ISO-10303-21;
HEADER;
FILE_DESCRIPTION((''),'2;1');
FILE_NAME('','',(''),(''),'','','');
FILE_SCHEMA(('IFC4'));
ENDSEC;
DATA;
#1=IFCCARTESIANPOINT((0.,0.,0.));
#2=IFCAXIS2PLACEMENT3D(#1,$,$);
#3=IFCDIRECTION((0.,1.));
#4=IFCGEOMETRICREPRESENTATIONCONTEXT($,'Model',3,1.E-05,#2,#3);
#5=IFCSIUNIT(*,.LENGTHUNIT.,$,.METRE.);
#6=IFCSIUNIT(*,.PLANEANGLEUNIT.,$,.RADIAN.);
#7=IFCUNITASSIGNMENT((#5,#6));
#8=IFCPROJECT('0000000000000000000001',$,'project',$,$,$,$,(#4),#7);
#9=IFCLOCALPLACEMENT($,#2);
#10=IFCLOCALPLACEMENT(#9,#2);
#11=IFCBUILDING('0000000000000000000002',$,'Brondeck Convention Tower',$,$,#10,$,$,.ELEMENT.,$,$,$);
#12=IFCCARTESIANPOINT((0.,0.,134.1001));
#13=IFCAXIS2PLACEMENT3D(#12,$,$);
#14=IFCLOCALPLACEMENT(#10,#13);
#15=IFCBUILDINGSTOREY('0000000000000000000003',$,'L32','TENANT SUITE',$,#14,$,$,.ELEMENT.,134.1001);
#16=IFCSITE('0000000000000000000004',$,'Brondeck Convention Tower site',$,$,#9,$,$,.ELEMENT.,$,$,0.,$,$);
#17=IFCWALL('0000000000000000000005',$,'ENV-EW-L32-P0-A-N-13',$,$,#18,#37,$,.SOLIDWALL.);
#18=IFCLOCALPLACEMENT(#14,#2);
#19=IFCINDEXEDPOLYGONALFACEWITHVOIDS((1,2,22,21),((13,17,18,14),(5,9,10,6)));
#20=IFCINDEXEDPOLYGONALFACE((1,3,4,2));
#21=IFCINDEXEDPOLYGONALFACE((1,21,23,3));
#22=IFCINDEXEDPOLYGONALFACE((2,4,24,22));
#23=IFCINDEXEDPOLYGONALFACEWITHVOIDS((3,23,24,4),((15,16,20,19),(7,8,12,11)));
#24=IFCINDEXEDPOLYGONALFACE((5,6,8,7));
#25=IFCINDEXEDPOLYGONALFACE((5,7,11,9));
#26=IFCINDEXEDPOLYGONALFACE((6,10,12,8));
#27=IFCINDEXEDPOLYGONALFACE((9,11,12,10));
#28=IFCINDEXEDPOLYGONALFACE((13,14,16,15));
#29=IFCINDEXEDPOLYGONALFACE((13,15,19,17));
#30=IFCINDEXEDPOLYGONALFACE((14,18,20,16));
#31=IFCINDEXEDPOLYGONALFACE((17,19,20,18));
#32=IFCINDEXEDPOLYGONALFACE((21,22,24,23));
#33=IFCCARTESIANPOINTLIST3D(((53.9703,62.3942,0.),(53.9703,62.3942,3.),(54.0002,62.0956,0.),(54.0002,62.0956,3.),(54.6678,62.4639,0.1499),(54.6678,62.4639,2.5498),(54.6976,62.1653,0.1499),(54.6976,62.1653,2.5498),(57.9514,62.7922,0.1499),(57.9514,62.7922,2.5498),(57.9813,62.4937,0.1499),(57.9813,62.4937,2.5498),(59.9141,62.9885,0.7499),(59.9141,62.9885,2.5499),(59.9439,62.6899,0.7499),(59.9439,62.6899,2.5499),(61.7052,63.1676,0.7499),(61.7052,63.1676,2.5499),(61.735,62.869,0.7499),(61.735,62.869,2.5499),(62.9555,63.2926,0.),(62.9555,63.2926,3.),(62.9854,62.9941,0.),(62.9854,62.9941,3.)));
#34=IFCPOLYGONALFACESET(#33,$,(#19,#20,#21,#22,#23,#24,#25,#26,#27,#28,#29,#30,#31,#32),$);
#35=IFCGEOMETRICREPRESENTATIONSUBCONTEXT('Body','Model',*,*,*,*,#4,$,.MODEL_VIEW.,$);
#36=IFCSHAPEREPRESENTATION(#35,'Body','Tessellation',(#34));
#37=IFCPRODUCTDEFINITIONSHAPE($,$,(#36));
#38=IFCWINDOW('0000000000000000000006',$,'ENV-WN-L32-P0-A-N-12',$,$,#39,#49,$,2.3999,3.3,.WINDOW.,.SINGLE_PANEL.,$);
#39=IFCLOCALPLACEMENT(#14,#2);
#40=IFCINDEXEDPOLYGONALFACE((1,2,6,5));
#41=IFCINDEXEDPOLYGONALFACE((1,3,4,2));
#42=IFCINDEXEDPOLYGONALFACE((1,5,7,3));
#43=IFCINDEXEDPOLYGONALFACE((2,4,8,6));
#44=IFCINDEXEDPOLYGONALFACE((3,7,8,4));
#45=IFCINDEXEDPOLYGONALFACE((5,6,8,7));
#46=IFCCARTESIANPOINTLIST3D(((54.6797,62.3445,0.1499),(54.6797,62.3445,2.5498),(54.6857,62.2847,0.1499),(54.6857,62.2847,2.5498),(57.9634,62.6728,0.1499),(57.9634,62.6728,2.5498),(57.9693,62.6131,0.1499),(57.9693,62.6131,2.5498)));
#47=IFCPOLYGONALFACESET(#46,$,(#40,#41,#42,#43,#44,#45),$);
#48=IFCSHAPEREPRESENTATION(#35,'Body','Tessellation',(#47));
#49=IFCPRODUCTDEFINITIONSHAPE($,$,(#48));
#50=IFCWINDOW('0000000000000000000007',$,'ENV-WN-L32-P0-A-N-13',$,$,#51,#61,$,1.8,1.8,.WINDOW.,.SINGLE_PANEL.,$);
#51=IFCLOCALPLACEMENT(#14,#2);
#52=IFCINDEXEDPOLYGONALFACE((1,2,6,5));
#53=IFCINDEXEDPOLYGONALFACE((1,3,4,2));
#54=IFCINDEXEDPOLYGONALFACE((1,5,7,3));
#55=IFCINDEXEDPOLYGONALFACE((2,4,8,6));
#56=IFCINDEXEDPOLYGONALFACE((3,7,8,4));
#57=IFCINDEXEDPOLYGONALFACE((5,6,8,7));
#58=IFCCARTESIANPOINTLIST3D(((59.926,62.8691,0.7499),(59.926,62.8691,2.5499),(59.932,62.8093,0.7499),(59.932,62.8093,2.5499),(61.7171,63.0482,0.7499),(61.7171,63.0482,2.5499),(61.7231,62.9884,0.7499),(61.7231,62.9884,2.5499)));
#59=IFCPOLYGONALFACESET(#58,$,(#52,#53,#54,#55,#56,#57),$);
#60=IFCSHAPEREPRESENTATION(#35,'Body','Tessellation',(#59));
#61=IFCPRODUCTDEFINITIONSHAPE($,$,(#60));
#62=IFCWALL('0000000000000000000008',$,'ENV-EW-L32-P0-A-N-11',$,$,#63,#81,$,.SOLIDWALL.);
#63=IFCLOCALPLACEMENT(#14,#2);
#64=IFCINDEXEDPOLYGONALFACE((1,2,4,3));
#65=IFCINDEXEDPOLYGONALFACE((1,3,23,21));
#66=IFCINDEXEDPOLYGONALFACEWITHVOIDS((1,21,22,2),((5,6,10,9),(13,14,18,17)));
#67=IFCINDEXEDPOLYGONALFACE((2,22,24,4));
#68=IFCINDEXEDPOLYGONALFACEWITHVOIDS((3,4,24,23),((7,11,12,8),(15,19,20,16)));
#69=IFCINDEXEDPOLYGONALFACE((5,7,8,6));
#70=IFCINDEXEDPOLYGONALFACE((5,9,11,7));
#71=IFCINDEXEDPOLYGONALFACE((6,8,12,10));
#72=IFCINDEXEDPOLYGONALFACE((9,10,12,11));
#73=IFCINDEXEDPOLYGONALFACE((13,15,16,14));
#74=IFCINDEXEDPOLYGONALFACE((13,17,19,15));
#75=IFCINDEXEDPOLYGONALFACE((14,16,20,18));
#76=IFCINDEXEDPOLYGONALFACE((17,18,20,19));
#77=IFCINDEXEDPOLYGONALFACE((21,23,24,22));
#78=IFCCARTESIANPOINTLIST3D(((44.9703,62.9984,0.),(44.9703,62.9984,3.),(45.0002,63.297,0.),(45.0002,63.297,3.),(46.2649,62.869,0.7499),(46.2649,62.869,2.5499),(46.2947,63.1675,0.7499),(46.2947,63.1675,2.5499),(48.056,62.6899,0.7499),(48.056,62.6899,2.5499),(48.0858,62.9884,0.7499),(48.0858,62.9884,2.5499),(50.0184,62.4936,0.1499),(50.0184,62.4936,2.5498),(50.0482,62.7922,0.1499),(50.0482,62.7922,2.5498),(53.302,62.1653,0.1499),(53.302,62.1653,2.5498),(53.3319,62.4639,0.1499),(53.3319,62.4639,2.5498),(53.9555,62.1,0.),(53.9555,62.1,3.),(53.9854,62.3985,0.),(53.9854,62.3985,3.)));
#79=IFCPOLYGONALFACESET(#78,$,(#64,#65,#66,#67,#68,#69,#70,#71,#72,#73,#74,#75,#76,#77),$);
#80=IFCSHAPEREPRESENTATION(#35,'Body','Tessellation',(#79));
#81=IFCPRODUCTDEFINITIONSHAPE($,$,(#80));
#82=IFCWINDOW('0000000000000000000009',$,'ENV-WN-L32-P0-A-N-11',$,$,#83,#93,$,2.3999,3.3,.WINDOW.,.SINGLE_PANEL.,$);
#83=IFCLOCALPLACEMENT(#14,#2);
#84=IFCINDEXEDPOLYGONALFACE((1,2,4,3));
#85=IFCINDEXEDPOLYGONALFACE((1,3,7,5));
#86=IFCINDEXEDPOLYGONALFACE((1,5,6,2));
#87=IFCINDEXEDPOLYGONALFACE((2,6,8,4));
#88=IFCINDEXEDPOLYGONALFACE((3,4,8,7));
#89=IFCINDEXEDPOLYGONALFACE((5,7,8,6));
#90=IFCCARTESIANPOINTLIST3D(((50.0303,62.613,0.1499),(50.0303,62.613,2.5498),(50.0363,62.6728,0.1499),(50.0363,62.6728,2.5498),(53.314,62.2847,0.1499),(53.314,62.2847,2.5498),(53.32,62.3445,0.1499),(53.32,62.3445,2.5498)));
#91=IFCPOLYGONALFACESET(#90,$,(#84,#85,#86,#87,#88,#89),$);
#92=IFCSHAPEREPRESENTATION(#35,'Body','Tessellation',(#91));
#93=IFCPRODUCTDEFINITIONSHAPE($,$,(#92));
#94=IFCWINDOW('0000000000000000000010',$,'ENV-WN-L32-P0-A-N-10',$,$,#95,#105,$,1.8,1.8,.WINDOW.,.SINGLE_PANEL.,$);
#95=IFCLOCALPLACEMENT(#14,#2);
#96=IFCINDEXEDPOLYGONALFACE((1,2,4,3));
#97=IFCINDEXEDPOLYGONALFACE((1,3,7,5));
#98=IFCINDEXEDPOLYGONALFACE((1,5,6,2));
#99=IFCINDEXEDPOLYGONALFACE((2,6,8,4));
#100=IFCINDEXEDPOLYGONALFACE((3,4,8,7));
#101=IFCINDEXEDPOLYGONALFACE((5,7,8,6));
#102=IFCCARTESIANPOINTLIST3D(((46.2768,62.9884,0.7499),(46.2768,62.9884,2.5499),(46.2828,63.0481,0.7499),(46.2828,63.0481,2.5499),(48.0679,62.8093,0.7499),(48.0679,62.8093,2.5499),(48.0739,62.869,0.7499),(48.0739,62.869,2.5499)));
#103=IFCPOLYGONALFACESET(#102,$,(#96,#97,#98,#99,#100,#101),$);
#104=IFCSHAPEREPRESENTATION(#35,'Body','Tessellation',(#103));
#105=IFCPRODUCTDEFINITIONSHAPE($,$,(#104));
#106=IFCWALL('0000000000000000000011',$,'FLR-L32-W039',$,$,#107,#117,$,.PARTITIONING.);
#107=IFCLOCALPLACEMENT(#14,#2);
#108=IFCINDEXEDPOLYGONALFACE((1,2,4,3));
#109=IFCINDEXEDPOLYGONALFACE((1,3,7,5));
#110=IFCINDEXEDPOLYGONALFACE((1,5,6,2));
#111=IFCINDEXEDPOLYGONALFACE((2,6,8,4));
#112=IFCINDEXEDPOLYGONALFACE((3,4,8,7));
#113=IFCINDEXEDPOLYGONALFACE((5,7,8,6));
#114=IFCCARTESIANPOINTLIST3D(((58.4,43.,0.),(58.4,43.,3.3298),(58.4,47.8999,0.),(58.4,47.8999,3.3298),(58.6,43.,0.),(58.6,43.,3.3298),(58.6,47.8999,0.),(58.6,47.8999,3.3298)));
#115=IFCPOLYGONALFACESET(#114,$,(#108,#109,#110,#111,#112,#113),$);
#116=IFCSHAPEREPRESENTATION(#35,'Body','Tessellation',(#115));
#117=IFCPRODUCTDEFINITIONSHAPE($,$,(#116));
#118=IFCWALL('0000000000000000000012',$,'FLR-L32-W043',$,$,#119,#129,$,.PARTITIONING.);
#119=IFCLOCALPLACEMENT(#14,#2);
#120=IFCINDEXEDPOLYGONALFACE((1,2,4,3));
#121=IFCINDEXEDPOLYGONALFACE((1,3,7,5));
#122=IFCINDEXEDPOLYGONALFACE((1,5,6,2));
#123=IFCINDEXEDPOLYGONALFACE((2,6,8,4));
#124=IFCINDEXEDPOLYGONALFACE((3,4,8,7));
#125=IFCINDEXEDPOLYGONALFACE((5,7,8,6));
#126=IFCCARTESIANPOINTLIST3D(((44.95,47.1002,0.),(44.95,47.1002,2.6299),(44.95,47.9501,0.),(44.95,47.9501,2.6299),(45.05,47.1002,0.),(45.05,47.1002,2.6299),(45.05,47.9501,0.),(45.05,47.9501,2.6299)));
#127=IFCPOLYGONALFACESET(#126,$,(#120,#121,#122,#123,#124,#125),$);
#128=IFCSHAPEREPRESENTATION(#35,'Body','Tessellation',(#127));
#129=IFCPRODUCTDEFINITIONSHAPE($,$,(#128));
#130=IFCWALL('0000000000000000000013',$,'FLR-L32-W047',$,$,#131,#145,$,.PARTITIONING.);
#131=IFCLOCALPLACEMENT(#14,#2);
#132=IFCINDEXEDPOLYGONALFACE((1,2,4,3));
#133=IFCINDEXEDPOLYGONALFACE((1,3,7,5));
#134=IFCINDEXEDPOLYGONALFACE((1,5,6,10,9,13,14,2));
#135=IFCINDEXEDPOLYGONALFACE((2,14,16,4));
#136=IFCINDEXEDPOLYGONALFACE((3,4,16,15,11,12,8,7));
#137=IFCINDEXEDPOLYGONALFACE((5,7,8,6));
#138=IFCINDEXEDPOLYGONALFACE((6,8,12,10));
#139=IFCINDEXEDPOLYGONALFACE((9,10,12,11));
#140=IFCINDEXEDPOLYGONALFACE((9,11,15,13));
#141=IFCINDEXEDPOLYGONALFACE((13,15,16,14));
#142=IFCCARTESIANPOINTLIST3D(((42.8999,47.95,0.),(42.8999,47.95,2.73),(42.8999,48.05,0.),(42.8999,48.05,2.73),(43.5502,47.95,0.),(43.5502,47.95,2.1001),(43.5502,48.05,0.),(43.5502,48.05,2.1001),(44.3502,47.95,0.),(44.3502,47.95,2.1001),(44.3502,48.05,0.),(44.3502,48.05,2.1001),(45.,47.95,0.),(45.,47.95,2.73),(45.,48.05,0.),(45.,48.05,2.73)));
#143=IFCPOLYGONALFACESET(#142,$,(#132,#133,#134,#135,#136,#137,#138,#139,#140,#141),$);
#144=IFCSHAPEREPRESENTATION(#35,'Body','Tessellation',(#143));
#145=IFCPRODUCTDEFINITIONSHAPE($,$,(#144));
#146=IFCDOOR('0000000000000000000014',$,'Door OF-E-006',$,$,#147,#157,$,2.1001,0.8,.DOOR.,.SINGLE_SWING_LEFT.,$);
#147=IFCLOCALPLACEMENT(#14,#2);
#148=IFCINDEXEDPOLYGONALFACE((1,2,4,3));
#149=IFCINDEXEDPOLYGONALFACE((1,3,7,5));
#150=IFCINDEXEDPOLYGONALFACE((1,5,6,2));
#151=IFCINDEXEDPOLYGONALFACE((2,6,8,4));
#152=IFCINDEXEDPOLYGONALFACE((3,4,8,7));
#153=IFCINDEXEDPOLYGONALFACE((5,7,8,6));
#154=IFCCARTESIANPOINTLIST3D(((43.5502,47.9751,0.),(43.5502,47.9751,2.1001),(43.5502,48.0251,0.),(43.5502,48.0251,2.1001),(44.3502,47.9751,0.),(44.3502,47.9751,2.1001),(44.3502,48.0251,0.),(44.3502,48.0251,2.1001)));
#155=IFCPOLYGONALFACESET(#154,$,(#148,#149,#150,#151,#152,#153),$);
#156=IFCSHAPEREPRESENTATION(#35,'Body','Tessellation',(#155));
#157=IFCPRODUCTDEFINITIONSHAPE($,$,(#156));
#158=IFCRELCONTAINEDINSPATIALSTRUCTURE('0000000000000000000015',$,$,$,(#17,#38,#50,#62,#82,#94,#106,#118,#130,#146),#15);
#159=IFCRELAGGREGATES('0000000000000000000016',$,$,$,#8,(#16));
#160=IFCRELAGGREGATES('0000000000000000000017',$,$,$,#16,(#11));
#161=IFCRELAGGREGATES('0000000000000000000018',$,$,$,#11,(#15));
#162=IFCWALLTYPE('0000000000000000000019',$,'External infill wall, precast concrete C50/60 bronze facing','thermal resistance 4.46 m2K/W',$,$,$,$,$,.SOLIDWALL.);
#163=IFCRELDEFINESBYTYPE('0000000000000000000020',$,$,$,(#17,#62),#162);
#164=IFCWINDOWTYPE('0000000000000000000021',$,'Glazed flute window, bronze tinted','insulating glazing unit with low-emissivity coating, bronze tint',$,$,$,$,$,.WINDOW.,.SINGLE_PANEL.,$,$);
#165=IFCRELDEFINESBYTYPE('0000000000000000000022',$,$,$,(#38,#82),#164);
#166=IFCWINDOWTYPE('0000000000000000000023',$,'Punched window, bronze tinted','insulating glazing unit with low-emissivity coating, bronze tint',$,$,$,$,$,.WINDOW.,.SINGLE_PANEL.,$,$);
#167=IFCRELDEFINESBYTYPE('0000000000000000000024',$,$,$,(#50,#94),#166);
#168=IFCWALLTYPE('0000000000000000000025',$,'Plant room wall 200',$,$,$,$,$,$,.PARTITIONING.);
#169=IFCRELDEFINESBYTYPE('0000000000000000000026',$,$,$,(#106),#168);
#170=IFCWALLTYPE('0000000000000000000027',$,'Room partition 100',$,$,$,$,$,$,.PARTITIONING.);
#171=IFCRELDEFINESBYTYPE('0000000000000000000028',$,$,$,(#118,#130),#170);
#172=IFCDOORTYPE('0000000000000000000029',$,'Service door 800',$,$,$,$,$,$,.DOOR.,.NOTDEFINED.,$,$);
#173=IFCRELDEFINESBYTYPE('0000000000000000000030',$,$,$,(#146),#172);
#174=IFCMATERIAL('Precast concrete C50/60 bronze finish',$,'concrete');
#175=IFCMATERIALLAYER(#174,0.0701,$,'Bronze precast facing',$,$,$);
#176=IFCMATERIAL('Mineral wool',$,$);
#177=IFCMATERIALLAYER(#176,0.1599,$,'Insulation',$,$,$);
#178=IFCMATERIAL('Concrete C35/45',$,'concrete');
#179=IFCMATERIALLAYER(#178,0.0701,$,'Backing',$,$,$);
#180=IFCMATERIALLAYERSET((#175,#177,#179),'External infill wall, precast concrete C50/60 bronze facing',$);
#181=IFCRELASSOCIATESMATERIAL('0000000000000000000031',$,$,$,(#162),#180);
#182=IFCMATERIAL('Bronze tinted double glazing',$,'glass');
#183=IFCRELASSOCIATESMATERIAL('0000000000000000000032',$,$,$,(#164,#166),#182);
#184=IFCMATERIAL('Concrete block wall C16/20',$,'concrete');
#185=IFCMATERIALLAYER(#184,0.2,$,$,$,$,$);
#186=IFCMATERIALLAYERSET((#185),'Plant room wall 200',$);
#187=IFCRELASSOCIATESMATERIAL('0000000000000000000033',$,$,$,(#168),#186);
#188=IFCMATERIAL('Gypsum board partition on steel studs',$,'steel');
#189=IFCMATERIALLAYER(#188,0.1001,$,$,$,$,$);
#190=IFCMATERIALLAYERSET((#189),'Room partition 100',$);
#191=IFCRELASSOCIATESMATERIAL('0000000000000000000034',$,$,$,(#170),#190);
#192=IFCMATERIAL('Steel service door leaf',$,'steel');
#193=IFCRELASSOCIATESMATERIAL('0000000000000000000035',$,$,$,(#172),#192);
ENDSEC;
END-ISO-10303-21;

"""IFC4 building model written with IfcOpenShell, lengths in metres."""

from ifc_helpers import new_model, si_unit, direction, frame, frame_2d, origin, place, context, subcontext, project, spatial, rectangle, extrude, material, layer, layer_set, type_object, element, fill, save


model = new_model("IFC4")

# Units and contexts
model_context = context("Model", 3, precision=1e-05, world=origin(), true_north=direction((0.0, 1.0)))
body_context = subcontext(model_context, "Body", "Model", "MODEL_VIEW")
ifc_project = project(units=[si_unit("LENGTHUNIT", "METRE"), si_unit("PLANEANGLEUNIT", "RADIAN")], contexts=[model_context])

# Site, building, storey
site_placement = place(None, origin())
site = spatial("IfcSite", under=ifc_project, at=site_placement, Name="Brondeck Convention Tower site", CompositionType="ELEMENT", RefElevation=0.0)
building_placement = place(site_placement, origin())
building = spatial("IfcBuilding", under=site, at=building_placement, Name="Brondeck Convention Tower", CompositionType="ELEMENT")
storey_placement = place(building_placement, frame((0.0, 0.0, 134.1001)))
storey = spatial("IfcBuildingStorey", under=building, at=storey_placement, Name="L32", Description="TENANT SUITE", CompositionType="ELEMENT", Elevation=134.1001)

# Walls, openings, windows
ifc_material_1 = material(Name="Precast concrete C50/60 bronze finish", Category="concrete")
ifc_layer_1 = layer(ifc_material_1, 0.0701, Name="Bronze precast facing")
ifc_material_2 = material(Name="Mineral wool")
ifc_layer_2 = layer(ifc_material_2, 0.1599, Name="Insulation")
ifc_material_3 = material(Name="Concrete C35/45", Category="concrete")
ifc_layer_3 = layer(ifc_material_3, 0.0701, Name="Backing")
ifc_layer_set_1 = layer_set([ifc_layer_1, ifc_layer_2, ifc_layer_3], Name="External infill wall, precast concrete C50/60 bronze facing")
wall_type_1 = type_object("IfcWallType", Name="External infill wall, precast concrete C50/60 bronze facing", Description="thermal resistance 4.46 m2K/W", PredefinedType="SOLIDWALL", material=ifc_layer_set_1)
wall_1_placement = place(storey_placement, frame((53.9851, 62.2449, 0.0), z_axis=(0.0, 0.0, 1.0), x_axis=(0.995038, 0.099496, 0.0)))
wall_1 = element("IfcWall", 1, at=wall_1_placement, inside=storey, type_object=wall_type_1, Name="ENV-EW-L32-P0-A-N-13", PredefinedType="SOLIDWALL", context=body_context, shape_type="SweptSolid", body=[
    extrude(rectangle(XDim=9.03, YDim=0.3, at=frame_2d((4.5151, 0.0))), origin(), (0.0, 0.0, 1.0), 3.0),
])
opening_1_placement = place(wall_1_placement, frame((0.7012, 0.0, 0.1499)))
opening_1 = element("IfcOpeningElement", 2, at=opening_1_placement, cuts=wall_1, PredefinedType="OPENING", context=body_context, shape_type="SweptSolid", body=[
    extrude(rectangle(XDim=3.3, YDim=2.3999, at=frame_2d((1.6499, 1.2))), frame((0.0, 0.1599, 0.0), z_axis=(0.0, -1.0, 0.0), x_axis=(1.0, 0.0, 0.0)), (0.0, 0.0, 1.0), 0.3201),
])
opening_2_placement = place(wall_1_placement, frame((5.9736, 0.0, 0.75)))
opening_2 = element("IfcOpeningElement", 3, at=opening_2_placement, cuts=wall_1, PredefinedType="OPENING", context=body_context, shape_type="SweptSolid", body=[
    extrude(rectangle(XDim=1.8, YDim=1.8, at=frame_2d((0.8999, 0.8999))), frame((0.0, 0.1599, 0.0), z_axis=(0.0, -1.0, 0.0), x_axis=(1.0, 0.0, 0.0)), (0.0, 0.0, 1.0), 0.3201),
])
ifc_material_4 = material(Name="Bronze tinted double glazing", Category="glass")
window_type_1 = type_object("IfcWindowType", Name="Glazed flute window, bronze tinted", Description="insulating glazing unit with low-emissivity coating, bronze tint", PartitioningType="SINGLE_PANEL", PredefinedType="WINDOW", material=ifc_material_4)
window_1_placement = place(opening_1_placement, origin())
window_1 = element("IfcWindow", 4, at=window_1_placement, inside=storey, type_object=window_type_1, Name="ENV-WN-L32-P0-A-N-12", OverallHeight=2.3999, OverallWidth=3.3, PartitioningType="SINGLE_PANEL", PredefinedType="WINDOW", context=body_context, shape_type="SweptSolid", body=[
    extrude(rectangle(XDim=3.3, YDim=2.3999, at=frame_2d((1.6499, 1.2))), frame((0.0, 0.03, 0.0), z_axis=(0.0, -1.0, 0.0), x_axis=(1.0, 0.0, 0.0)), (0.0, 0.0, 1.0), 0.0601),
])
fill(opening_1, window_1)
window_type_2 = type_object("IfcWindowType", Name="Punched window, bronze tinted", Description="insulating glazing unit with low-emissivity coating, bronze tint", PartitioningType="SINGLE_PANEL", PredefinedType="WINDOW", material=ifc_material_4)
window_2_placement = place(opening_2_placement, origin())
window_2 = element("IfcWindow", 5, at=window_2_placement, inside=storey, type_object=window_type_2, Name="ENV-WN-L32-P0-A-N-13", OverallHeight=1.8, OverallWidth=1.8, PartitioningType="SINGLE_PANEL", PredefinedType="WINDOW", context=body_context, shape_type="SweptSolid", body=[
    extrude(rectangle(XDim=1.8, YDim=1.8, at=frame_2d((0.8999, 0.8999))), frame((0.0, 0.03, 0.0), z_axis=(0.0, -1.0, 0.0), x_axis=(1.0, 0.0, 0.0)), (0.0, 0.0, 1.0), 0.0601),
])
fill(opening_2, window_2)
wall_2_placement = place(storey_placement, frame((44.9851, 63.1477, 0.0), z_axis=(0.0, 0.0, 1.0), x_axis=(0.995038, -0.099496, 0.0)))
wall_2 = element("IfcWall", 6, at=wall_2_placement, inside=storey, type_object=wall_type_1, Name="ENV-EW-L32-P0-A-N-11", PredefinedType="SOLIDWALL", context=body_context, shape_type="SweptSolid", body=[
    extrude(rectangle(XDim=9.03, YDim=0.3, at=frame_2d((4.5151, 0.0))), origin(), (0.0, 0.0, 1.0), 3.0),
])
opening_3_placement = place(wall_2_placement, frame((1.3013, 0.0, 0.75)))
opening_3 = element("IfcOpeningElement", 7, at=opening_3_placement, cuts=wall_2, PredefinedType="OPENING", context=body_context, shape_type="SweptSolid", body=[
    extrude(rectangle(XDim=1.8, YDim=1.8, at=frame_2d((0.8999, 0.8999))), frame((0.0, 0.1599, 0.0), z_axis=(0.0, -1.0, 0.0), x_axis=(1.0, 0.0, 0.0)), (0.0, 0.0, 1.0), 0.3201),
])
opening_4_placement = place(wall_2_placement, frame((5.0735, 0.0, 0.1499)))
opening_4 = element("IfcOpeningElement", 8, at=opening_4_placement, cuts=wall_2, PredefinedType="OPENING", context=body_context, shape_type="SweptSolid", body=[
    extrude(rectangle(XDim=3.3, YDim=2.3999, at=frame_2d((1.6499, 1.2))), frame((0.0, 0.1599, 0.0), z_axis=(0.0, -1.0, 0.0), x_axis=(1.0, 0.0, 0.0)), (0.0, 0.0, 1.0), 0.3201),
])
window_3_placement = place(opening_4_placement, origin())
window_3 = element("IfcWindow", 9, at=window_3_placement, inside=storey, type_object=window_type_1, Name="ENV-WN-L32-P0-A-N-11", OverallHeight=2.3999, OverallWidth=3.3, PartitioningType="SINGLE_PANEL", PredefinedType="WINDOW", context=body_context, shape_type="SweptSolid", body=[
    extrude(rectangle(XDim=3.3, YDim=2.3999, at=frame_2d((1.6499, 1.2))), frame((0.0, 0.03, 0.0), z_axis=(0.0, -1.0, 0.0), x_axis=(1.0, 0.0, 0.0)), (0.0, 0.0, 1.0), 0.0601),
])
fill(opening_4, window_3)
window_4_placement = place(opening_3_placement, origin())
window_4 = element("IfcWindow", 10, at=window_4_placement, inside=storey, type_object=window_type_2, Name="ENV-WN-L32-P0-A-N-10", OverallHeight=1.8, OverallWidth=1.8, PartitioningType="SINGLE_PANEL", PredefinedType="WINDOW", context=body_context, shape_type="SweptSolid", body=[
    extrude(rectangle(XDim=1.8, YDim=1.8, at=frame_2d((0.8999, 0.8999))), frame((0.0, 0.03, 0.0), z_axis=(0.0, -1.0, 0.0), x_axis=(1.0, 0.0, 0.0)), (0.0, 0.0, 1.0), 0.0601),
])
fill(opening_3, window_4)

# Walls
ifc_material_5 = material(Name="Concrete block wall C16/20", Category="concrete")
ifc_layer_4 = layer(ifc_material_5, 0.2)
ifc_layer_set_2 = layer_set([ifc_layer_4], Name="Plant room wall 200")
wall_type_2 = type_object("IfcWallType", Name="Plant room wall 200", PredefinedType="PARTITIONING", material=ifc_layer_set_2)
wall_3_placement = place(storey_placement, frame((58.5, 47.8999, 0.0), z_axis=(0.0, 0.0, 1.0), x_axis=(0.0, -1.0, 0.0)))
element("IfcWall", 11, at=wall_3_placement, inside=storey, type_object=wall_type_2, Name="FLR-L32-W039", PredefinedType="PARTITIONING", context=body_context, shape_type="SweptSolid", body=[
    extrude(rectangle(XDim=4.8999, YDim=0.2, at=frame_2d((2.45, 0.0))), origin(), (0.0, 0.0, 1.0), 3.3298),
])
ifc_material_6 = material(Name="Gypsum board partition on steel studs", Category="steel")
ifc_layer_5 = layer(ifc_material_6, 0.1001)
ifc_layer_set_3 = layer_set([ifc_layer_5], Name="Room partition 100")
wall_type_3 = type_object("IfcWallType", Name="Room partition 100", PredefinedType="PARTITIONING", material=ifc_layer_set_3)
wall_4_placement = place(storey_placement, frame((45.0, 47.95, 0.0), z_axis=(0.0, 0.0, 1.0), x_axis=(0.0, -1.0, 0.0)))
element("IfcWall", 12, at=wall_4_placement, inside=storey, type_object=wall_type_3, Name="FLR-L32-W043", PredefinedType="PARTITIONING", context=body_context, shape_type="SweptSolid", body=[
    extrude(rectangle(XDim=0.8499, YDim=0.1001, at=frame_2d((0.4248, 0.0))), origin(), (0.0, 0.0, 1.0), 2.6299),
])

# Wall, opening, door
wall_5_placement = place(storey_placement, frame((45.0, 48.0, 0.0), z_axis=(0.0, 0.0, 1.0), x_axis=(-1.0, 0.0, 0.0)))
wall_5 = element("IfcWall", 13, at=wall_5_placement, inside=storey, type_object=wall_type_3, Name="FLR-L32-W047", PredefinedType="PARTITIONING", context=body_context, shape_type="SweptSolid", body=[
    extrude(rectangle(XDim=2.1001, YDim=0.1001, at=frame_2d((1.05, 0.0))), origin(), (0.0, 0.0, 1.0), 2.73),
])
opening_5_placement = place(wall_5_placement, frame((0.6499, 0.0, 0.0)))
opening_5 = element("IfcOpeningElement", 14, at=opening_5_placement, cuts=wall_5, PredefinedType="OPENING", context=body_context, shape_type="SweptSolid", body=[
    extrude(rectangle(XDim=0.8, YDim=2.1001, at=frame_2d((0.3999, 1.05))), frame((0.0, 0.0601, 0.0), z_axis=(0.0, -1.0, 0.0), x_axis=(1.0, 0.0, 0.0)), (0.0, 0.0, 1.0), 0.1201),
])
ifc_material_7 = material(Name="Steel service door leaf", Category="steel")
door_type_1 = type_object("IfcDoorType", Name="Service door 800", OperationType="NOTDEFINED", PredefinedType="DOOR", material=ifc_material_7)
door_1_placement = place(opening_5_placement, origin())
door_1 = element("IfcDoor", 15, at=door_1_placement, inside=storey, type_object=door_type_1, Name="Door OF-E-006", OperationType="SINGLE_SWING_LEFT", OverallHeight=2.1001, OverallWidth=0.8, PredefinedType="DOOR", context=body_context, shape_type="SweptSolid", body=[
    extrude(rectangle(XDim=0.8, YDim=2.1001, at=frame_2d((0.3999, 1.05))), frame((0.0, 0.0249, 0.0), z_axis=(0.0, -1.0, 0.0), x_axis=(1.0, 0.0, 0.0)), (0.0, 0.0, 1.0), 0.05),
])
fill(opening_5, door_1)

save(model, "model.ifc")
